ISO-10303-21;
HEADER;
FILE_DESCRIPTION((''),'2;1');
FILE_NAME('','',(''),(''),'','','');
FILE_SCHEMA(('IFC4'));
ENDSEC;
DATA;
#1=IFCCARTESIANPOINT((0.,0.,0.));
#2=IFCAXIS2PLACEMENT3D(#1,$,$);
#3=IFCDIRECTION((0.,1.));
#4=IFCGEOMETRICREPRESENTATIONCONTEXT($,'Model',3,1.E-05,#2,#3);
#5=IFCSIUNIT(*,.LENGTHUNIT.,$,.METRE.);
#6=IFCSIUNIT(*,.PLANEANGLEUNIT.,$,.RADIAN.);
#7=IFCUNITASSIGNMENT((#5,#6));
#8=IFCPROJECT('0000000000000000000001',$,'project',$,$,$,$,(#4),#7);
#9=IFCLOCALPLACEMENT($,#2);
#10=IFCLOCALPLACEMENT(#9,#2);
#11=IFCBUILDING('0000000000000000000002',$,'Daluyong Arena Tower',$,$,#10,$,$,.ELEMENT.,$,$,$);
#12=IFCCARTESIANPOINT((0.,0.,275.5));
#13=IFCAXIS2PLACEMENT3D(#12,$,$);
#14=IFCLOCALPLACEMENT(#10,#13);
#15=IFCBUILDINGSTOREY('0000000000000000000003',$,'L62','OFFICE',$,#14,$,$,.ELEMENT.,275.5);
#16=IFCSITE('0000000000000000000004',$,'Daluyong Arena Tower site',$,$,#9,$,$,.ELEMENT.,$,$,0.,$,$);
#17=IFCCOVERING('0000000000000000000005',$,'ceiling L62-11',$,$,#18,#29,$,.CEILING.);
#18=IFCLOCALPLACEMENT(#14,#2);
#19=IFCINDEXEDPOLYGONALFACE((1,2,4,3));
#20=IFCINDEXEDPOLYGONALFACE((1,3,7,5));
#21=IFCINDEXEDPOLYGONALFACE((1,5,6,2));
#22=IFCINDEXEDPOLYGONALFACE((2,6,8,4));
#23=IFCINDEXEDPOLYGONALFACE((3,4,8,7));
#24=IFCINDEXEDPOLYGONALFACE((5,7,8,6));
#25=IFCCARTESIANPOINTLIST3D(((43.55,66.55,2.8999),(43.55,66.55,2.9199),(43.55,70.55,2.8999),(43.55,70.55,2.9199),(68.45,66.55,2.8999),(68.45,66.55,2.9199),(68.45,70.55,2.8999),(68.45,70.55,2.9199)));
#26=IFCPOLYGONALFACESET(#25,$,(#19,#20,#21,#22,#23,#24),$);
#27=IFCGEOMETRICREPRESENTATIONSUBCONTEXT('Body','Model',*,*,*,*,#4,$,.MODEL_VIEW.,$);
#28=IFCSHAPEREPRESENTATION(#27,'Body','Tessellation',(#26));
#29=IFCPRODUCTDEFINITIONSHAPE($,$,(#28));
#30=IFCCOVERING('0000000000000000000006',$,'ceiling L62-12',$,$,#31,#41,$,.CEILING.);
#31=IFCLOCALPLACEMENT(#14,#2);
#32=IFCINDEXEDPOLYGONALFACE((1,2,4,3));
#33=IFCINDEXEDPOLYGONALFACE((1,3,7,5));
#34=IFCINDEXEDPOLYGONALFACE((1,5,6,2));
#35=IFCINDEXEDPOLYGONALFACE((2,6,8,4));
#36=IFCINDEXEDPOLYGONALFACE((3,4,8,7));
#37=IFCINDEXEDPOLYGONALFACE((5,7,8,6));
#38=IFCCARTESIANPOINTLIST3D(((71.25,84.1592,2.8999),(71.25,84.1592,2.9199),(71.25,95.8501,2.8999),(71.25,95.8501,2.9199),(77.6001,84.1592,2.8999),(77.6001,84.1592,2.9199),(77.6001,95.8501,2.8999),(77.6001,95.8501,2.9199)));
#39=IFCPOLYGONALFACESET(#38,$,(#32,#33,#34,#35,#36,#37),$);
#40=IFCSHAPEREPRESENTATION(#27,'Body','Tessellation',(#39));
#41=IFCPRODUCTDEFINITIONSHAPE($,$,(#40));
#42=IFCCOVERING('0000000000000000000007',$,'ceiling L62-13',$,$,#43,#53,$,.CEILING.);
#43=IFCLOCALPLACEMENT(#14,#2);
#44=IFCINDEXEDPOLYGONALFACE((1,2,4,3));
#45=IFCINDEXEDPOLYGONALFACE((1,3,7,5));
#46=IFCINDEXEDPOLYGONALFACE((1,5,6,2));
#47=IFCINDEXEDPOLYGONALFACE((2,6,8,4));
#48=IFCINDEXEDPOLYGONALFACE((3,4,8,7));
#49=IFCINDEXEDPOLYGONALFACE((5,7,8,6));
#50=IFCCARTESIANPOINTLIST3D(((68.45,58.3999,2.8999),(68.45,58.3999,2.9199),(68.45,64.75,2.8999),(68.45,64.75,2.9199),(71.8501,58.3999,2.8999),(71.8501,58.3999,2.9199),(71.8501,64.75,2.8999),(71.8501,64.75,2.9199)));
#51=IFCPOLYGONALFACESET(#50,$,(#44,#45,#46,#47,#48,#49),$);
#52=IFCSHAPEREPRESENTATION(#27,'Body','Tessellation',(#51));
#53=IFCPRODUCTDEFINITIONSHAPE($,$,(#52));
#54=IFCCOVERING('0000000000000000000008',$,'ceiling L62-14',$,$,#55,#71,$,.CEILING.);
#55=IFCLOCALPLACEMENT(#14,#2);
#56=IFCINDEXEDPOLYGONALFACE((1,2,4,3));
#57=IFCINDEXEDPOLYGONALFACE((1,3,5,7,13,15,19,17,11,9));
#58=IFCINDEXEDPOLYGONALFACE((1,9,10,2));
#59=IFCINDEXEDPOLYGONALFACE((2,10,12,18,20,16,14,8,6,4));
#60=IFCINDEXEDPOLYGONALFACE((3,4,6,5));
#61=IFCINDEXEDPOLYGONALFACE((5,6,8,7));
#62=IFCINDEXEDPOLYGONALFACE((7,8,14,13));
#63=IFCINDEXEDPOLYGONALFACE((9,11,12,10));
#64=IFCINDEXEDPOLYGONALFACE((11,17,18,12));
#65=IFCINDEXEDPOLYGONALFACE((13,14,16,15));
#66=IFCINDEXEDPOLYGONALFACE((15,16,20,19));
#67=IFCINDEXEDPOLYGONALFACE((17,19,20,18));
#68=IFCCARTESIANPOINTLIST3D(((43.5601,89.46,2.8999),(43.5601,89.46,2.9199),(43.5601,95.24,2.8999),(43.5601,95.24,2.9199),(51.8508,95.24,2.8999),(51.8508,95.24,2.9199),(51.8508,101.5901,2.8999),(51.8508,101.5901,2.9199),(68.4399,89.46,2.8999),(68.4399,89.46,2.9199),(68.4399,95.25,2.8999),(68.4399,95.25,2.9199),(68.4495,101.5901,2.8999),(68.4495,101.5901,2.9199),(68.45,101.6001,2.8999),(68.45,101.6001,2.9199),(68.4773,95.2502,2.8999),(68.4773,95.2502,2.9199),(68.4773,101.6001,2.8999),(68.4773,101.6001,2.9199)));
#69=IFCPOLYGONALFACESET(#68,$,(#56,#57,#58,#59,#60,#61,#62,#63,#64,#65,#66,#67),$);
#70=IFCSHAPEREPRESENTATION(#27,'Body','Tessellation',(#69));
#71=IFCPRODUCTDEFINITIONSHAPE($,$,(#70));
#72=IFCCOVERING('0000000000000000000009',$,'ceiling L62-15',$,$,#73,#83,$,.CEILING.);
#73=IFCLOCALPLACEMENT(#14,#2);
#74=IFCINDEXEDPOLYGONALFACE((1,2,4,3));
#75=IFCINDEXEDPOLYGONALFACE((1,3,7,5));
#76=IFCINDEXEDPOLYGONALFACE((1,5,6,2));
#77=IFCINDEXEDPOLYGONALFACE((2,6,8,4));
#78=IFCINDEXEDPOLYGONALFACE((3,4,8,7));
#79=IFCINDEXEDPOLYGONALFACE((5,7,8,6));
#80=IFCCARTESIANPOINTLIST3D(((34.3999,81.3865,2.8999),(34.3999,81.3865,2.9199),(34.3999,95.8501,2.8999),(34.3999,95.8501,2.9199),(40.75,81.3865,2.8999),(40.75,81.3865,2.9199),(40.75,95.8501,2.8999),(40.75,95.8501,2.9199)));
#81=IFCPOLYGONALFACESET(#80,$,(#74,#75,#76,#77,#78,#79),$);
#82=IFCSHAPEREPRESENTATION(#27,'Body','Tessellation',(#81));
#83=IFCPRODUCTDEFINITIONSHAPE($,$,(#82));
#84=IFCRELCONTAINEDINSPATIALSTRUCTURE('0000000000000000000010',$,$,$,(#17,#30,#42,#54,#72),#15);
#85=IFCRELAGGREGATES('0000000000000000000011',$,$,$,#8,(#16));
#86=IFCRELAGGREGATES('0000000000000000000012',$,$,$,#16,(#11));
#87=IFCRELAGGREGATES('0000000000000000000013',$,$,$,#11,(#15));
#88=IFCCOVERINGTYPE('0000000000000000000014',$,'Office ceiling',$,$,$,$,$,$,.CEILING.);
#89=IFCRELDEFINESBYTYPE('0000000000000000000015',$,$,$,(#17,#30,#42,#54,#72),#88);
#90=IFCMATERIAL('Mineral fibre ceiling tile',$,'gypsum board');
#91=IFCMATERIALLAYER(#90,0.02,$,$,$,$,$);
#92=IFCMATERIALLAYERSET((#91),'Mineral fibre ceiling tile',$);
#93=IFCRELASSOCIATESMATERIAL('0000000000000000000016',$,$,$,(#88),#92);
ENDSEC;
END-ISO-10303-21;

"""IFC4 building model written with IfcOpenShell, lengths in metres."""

from ifc_helpers import new_model, si_unit, direction, frame, origin, place, context, subcontext, project, spatial, polyline, outline, extrude, material, layer, layer_set, type_object, element, save


model = new_model("IFC4")

# Units and contexts
model_context = context("Model", 3, precision=1e-05, world=origin(), true_north=direction((0.0, 1.0)))
body_context = subcontext(model_context, "Body", "Model", "MODEL_VIEW")
ifc_project = project(units=[si_unit("LENGTHUNIT", "METRE"), si_unit("PLANEANGLEUNIT", "RADIAN")], contexts=[model_context])

# Site, building, storey
site_placement = place(None, origin())
site = spatial("IfcSite", under=ifc_project, at=site_placement, Name="Daluyong Arena Tower site", CompositionType="ELEMENT", RefElevation=0.0)
building_placement = place(site_placement, origin())
building = spatial("IfcBuilding", under=site, at=building_placement, Name="Daluyong Arena Tower", CompositionType="ELEMENT")
storey_placement = place(building_placement, frame((0.0, 0.0, 275.5)))
storey = spatial("IfcBuildingStorey", under=building, at=storey_placement, Name="L62", Description="OFFICE", CompositionType="ELEMENT", Elevation=275.5)

# Coverings
ifc_material_1 = material(Name="Mineral fibre ceiling tile", Category="gypsum board")
ifc_layer_1 = layer(ifc_material_1, 0.02)
ifc_layer_set_1 = layer_set([ifc_layer_1], Name="Mineral fibre ceiling tile")
covering_type = type_object("IfcCoveringType", Name="Office ceiling", PredefinedType="CEILING", material=ifc_layer_set_1)
covering_1_placement = place(storey_placement, frame((0.0, 0.0, 2.8999)))
element("IfcCovering", 1, at=covering_1_placement, inside=storey, type_object=covering_type, Name="ceiling L62-11", PredefinedType="CEILING", context=body_context, shape_type="SweptSolid", body=[
    extrude(outline(polyline([(68.45, 66.55), (68.45, 70.55), (43.55, 70.55), (43.55, 66.55), (68.45, 66.55)])), origin(), (0.0, 0.0, 1.0), 0.02),
])
covering_2_placement = place(storey_placement, frame((0.0, 0.0, 2.8999)))
element("IfcCovering", 2, at=covering_2_placement, inside=storey, type_object=covering_type, Name="ceiling L62-12", PredefinedType="CEILING", context=body_context, shape_type="SweptSolid", body=[
    extrude(outline(polyline([(71.25, 95.8501), (71.25, 84.1592), (77.6001, 84.1592), (77.6001, 95.8501), (71.25, 95.8501)])), origin(), (0.0, 0.0, 1.0), 0.02),
])
covering_3_placement = place(storey_placement, frame((0.0, 0.0, 2.8999)))
element("IfcCovering", 3, at=covering_3_placement, inside=storey, type_object=covering_type, Name="ceiling L62-13", PredefinedType="CEILING", context=body_context, shape_type="SweptSolid", body=[
    extrude(outline(polyline([(71.8501, 64.75), (68.45, 64.75), (68.45, 58.3999), (71.8501, 58.3999), (71.8501, 64.75)])), origin(), (0.0, 0.0, 1.0), 0.02),
])
covering_4_placement = place(storey_placement, frame((0.0, 0.0, 2.8999)))
element("IfcCovering", 4, at=covering_4_placement, inside=storey, type_object=covering_type, Name="ceiling L62-14", PredefinedType="CEILING", context=body_context, shape_type="SweptSolid", body=[
    extrude(outline(polyline([(68.4495, 101.5901), (51.8508, 101.5901), (51.8508, 95.24), (43.5601, 95.24), (43.5601, 89.46), (68.4399, 89.46), (68.4399, 95.25), (68.4773, 95.2502), (68.4773, 101.6001), (68.45, 101.6001), (68.4495, 101.5901)])), origin(), (0.0, 0.0, 1.0), 0.02),
])
covering_5_placement = place(storey_placement, frame((0.0, 0.0, 2.8999)))
element("IfcCovering", 5, at=covering_5_placement, inside=storey, type_object=covering_type, Name="ceiling L62-15", PredefinedType="CEILING", context=body_context, shape_type="SweptSolid", body=[
    extrude(outline(polyline([(40.75, 95.8501), (34.3999, 95.8501), (34.3999, 81.3865), (40.75, 81.3865), (40.75, 95.8501)])), origin(), (0.0, 0.0, 1.0), 0.02),
])

save(model, "model.ifc")
